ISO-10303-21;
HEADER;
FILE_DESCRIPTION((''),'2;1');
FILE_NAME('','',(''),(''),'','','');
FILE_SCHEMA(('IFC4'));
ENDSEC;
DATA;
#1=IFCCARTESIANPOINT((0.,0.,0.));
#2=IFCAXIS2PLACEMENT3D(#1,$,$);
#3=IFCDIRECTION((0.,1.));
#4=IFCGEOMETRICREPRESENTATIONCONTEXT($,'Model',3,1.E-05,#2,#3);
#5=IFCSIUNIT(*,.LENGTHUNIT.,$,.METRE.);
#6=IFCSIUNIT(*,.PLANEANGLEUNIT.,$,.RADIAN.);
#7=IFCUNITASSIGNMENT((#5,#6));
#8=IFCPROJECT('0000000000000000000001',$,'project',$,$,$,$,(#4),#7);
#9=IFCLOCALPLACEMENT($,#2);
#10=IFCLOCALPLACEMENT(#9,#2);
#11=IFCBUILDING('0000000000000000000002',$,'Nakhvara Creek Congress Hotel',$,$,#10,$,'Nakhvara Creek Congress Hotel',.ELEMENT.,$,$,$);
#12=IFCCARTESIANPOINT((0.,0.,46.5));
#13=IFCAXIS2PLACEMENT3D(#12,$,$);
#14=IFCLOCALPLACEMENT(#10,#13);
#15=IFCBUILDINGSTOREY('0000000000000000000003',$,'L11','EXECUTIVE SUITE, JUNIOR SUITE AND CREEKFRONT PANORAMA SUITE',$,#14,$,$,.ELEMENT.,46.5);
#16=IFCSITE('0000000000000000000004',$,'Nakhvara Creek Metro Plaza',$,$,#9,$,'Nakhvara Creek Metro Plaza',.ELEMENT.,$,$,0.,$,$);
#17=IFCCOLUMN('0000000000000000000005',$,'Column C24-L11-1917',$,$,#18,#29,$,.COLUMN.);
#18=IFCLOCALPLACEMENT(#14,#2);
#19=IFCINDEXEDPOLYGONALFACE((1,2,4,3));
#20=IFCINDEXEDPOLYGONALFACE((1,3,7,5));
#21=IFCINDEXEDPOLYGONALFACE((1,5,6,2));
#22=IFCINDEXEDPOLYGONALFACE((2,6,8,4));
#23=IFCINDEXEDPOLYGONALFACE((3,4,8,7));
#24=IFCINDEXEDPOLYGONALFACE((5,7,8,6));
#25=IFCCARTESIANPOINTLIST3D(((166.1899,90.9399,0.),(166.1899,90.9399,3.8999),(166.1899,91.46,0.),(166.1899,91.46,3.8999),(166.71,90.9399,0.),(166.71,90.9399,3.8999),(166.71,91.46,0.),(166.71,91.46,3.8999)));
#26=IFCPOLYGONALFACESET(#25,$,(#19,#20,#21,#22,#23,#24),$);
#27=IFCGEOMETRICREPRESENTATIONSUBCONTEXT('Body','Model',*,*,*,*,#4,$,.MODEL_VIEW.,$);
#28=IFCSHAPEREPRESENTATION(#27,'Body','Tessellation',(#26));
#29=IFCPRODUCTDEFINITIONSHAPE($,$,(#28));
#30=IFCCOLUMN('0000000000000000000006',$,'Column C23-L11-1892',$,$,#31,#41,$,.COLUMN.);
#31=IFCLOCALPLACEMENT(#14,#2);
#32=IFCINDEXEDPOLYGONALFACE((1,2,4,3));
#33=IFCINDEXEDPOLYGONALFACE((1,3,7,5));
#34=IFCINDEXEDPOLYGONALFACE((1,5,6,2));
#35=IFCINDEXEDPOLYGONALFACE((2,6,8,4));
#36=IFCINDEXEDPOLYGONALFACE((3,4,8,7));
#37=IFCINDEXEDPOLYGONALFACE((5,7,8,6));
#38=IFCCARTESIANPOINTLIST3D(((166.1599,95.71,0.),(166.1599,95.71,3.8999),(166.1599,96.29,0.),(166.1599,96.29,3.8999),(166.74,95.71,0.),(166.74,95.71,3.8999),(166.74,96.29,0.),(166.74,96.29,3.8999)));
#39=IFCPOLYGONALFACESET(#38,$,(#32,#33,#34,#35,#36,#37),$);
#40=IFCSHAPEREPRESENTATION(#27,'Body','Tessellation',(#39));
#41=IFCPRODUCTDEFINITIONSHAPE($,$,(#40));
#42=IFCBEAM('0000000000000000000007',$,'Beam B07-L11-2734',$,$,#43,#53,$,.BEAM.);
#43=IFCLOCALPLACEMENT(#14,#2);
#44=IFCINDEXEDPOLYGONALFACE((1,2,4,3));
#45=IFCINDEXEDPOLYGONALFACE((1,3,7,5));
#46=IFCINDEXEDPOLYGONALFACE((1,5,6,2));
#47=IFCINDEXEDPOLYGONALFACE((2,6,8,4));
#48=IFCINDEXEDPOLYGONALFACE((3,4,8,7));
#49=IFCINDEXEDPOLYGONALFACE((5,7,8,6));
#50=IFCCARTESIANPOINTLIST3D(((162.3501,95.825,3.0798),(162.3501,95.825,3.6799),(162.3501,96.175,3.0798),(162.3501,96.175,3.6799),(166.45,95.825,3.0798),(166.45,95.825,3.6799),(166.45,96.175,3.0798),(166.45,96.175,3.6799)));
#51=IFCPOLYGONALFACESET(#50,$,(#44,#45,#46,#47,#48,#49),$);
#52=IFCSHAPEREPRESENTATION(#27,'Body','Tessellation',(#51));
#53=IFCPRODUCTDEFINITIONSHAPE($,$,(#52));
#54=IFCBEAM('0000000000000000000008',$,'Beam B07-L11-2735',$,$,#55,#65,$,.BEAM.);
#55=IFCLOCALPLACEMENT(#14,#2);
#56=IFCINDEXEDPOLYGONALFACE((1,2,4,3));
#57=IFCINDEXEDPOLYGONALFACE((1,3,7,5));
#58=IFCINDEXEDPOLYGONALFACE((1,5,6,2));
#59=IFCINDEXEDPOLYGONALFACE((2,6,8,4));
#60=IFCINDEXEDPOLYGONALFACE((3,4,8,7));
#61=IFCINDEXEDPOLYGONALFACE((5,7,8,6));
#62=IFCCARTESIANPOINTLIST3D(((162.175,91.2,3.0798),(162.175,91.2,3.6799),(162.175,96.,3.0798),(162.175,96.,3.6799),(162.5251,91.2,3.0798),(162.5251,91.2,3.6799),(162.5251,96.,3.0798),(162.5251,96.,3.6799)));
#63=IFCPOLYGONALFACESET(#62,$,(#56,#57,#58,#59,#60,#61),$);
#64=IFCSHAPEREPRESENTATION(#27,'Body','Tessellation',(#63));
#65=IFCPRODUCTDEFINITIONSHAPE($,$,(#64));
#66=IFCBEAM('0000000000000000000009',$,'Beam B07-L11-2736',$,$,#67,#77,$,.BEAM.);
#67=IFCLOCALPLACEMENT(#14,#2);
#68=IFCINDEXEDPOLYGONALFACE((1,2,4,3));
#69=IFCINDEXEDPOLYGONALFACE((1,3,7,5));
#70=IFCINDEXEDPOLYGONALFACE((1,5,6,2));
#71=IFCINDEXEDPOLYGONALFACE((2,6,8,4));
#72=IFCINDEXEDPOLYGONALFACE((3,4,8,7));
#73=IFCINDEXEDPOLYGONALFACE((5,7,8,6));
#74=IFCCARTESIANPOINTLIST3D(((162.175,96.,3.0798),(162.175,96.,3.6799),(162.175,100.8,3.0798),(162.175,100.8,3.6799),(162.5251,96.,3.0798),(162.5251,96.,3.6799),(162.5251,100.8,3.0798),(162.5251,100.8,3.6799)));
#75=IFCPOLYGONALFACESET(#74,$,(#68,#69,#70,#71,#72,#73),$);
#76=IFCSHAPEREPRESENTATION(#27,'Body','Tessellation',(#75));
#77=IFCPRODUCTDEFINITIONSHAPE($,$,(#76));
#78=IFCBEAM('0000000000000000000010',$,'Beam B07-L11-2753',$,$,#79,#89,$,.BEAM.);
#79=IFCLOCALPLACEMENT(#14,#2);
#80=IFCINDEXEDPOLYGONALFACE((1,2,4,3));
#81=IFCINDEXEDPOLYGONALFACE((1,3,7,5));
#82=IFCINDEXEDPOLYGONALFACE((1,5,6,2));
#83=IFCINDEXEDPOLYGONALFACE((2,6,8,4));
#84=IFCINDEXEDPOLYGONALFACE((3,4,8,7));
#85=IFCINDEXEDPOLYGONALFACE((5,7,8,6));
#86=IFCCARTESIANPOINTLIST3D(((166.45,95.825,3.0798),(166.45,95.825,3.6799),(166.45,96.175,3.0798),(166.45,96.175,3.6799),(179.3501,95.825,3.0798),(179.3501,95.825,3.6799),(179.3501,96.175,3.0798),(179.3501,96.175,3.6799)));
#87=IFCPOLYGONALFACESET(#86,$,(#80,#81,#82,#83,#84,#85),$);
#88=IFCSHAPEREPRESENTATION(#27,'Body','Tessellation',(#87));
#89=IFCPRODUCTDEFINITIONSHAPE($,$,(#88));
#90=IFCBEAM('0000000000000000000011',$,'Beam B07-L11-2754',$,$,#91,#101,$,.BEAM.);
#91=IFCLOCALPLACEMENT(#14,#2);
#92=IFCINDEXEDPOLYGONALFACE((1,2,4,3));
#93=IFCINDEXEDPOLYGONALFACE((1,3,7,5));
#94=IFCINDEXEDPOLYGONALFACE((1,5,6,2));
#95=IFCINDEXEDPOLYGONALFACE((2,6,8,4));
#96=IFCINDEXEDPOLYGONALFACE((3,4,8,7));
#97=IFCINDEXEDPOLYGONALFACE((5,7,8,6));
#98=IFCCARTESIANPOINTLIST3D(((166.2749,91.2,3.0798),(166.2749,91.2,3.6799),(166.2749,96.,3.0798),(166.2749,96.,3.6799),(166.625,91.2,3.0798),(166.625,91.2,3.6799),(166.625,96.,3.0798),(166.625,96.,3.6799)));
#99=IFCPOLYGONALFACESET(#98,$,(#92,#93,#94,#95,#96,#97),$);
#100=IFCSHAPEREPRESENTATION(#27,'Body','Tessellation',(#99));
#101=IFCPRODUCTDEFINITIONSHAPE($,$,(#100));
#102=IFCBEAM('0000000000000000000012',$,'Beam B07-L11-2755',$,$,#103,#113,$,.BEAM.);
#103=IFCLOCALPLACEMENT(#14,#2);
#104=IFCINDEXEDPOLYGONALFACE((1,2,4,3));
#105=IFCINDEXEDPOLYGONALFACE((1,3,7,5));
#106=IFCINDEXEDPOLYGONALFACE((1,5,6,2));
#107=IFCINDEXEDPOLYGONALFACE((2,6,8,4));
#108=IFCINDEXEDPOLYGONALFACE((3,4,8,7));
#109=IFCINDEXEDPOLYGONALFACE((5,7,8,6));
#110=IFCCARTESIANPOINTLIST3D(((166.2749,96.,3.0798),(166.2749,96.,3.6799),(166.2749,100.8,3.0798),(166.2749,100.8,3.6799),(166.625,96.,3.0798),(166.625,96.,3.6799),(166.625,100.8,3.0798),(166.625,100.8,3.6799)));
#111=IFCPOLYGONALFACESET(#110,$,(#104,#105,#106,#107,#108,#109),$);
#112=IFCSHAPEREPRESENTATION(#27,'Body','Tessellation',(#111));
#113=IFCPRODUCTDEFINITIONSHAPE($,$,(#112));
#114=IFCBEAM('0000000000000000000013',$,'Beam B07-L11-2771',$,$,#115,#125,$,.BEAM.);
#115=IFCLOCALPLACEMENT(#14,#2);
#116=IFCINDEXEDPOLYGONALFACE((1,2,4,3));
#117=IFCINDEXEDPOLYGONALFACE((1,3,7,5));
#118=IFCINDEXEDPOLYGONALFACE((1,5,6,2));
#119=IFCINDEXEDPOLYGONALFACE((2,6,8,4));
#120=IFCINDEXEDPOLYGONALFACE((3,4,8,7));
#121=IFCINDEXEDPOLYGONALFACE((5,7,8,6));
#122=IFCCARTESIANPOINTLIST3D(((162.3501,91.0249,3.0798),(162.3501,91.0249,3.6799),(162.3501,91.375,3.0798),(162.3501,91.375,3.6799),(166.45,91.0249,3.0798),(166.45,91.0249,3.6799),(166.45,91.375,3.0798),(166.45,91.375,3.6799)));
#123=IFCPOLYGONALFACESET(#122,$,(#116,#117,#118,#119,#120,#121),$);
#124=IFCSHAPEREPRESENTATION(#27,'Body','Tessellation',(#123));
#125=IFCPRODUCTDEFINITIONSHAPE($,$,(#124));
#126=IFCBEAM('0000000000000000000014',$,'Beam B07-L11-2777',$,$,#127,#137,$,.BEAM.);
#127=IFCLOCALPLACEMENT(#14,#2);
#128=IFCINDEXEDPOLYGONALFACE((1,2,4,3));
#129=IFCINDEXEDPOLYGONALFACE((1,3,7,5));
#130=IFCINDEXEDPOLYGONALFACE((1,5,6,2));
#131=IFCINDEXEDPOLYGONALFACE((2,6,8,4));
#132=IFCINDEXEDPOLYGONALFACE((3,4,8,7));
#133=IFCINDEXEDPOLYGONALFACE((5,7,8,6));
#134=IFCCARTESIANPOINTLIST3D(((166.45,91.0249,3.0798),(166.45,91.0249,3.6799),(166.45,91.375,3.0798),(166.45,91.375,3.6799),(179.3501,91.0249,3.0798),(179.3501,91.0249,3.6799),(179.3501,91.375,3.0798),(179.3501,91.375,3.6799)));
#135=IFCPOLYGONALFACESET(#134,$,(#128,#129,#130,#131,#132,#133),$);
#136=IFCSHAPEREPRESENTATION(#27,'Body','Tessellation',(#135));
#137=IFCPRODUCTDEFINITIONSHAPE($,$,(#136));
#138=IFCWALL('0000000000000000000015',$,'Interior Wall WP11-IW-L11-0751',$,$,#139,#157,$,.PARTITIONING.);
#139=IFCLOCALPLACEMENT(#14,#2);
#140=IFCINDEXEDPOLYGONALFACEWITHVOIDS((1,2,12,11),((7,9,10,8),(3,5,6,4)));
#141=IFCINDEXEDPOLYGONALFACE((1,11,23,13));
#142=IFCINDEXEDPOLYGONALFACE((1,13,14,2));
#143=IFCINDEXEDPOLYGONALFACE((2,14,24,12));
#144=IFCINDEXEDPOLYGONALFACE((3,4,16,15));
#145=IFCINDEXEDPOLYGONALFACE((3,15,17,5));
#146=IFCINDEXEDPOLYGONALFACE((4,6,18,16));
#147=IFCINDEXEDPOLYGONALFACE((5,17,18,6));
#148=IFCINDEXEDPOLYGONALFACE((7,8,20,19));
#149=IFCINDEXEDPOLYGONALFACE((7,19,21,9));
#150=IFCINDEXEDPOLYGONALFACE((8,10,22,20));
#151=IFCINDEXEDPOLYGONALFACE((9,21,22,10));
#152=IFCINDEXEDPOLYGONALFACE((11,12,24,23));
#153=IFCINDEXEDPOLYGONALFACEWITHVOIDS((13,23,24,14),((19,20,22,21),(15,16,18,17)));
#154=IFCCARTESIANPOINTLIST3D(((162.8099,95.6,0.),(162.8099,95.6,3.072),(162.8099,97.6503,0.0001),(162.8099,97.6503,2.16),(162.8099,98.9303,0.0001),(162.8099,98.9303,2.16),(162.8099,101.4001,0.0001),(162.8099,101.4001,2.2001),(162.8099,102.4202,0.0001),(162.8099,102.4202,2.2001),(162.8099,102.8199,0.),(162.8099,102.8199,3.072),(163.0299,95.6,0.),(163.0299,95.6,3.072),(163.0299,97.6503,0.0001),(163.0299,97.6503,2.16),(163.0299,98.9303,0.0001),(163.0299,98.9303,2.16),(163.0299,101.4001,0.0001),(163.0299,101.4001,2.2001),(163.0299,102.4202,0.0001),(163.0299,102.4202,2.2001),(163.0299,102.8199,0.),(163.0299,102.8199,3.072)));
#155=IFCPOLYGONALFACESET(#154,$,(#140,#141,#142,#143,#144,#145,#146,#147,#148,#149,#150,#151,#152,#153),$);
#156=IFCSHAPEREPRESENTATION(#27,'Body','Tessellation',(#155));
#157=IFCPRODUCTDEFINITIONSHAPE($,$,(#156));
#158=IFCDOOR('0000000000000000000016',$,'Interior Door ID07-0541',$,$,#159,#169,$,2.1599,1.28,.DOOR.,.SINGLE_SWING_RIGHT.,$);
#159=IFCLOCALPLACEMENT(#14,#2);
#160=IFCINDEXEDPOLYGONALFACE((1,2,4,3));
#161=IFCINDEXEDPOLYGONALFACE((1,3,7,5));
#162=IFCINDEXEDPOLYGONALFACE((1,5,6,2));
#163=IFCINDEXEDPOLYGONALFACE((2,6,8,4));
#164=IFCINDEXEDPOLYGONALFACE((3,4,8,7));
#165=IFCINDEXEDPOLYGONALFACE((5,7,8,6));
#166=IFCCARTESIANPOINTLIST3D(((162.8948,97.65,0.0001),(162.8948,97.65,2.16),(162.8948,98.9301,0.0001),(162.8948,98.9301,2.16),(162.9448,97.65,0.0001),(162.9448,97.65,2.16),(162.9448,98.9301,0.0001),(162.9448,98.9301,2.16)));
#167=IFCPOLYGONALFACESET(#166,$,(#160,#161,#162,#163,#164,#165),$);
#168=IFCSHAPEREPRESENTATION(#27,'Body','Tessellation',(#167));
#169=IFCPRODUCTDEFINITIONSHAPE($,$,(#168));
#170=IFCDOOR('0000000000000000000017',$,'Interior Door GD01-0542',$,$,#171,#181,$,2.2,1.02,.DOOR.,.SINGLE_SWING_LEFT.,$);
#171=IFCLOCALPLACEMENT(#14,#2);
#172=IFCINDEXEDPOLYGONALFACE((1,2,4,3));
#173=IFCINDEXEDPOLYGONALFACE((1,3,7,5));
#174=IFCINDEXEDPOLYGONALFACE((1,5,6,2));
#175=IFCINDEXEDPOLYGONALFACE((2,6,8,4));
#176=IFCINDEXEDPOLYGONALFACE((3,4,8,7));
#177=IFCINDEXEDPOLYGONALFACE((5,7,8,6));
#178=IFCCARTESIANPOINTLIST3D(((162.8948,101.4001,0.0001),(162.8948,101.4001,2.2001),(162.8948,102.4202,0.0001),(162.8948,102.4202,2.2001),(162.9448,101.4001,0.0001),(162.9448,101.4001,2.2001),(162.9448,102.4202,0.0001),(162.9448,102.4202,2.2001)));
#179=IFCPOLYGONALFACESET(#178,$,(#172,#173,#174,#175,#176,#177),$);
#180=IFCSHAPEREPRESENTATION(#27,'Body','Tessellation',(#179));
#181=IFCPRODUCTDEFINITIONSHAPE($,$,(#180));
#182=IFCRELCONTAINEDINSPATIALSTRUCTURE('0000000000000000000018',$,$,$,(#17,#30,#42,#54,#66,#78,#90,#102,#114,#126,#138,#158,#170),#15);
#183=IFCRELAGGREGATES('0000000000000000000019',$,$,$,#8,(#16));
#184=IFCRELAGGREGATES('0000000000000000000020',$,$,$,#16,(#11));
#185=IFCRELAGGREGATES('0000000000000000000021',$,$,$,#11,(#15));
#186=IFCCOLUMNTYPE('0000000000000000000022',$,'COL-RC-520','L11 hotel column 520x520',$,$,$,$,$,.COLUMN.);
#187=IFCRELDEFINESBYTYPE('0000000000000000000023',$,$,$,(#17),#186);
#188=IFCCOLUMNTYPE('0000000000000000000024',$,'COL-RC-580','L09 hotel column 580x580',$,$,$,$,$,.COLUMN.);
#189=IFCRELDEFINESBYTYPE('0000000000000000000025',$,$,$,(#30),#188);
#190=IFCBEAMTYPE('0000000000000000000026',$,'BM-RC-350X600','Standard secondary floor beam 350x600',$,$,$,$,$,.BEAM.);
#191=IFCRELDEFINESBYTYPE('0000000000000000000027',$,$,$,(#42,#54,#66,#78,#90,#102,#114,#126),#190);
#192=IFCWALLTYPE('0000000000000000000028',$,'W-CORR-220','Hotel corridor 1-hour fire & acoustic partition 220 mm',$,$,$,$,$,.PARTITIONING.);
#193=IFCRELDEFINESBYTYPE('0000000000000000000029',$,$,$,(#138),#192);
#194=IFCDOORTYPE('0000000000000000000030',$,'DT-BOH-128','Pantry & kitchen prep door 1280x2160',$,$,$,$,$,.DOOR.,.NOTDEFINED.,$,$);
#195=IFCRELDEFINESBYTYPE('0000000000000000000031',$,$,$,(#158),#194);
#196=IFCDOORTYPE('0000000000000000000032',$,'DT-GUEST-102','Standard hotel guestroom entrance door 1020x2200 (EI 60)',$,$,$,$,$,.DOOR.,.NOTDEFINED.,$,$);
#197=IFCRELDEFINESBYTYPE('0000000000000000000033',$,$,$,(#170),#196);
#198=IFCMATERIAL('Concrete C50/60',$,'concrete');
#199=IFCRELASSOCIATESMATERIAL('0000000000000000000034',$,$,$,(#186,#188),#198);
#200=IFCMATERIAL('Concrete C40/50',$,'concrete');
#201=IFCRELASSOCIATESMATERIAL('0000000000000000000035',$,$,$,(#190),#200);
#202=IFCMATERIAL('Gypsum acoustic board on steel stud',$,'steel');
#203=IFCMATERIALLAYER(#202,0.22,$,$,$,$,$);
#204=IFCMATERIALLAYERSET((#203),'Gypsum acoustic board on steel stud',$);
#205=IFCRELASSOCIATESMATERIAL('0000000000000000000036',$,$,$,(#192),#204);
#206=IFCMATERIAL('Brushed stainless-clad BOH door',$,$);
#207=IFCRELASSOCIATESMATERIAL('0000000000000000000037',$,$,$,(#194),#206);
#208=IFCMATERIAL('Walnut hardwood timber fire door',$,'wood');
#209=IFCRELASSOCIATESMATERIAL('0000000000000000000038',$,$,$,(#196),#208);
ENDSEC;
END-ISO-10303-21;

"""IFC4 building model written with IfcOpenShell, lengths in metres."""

from ifc_helpers import new_model, si_unit, direction, frame, frame_2d, origin, origin_2d, place, context, subcontext, project, spatial, rectangle, extrude, material, layer, layer_set, material_profile, profile_set, type_object, element, fill, save


model = new_model("IFC4")

# Units and contexts
model_context = context("Model", 3, precision=1e-05, world=origin(), true_north=direction((0.0, 1.0)))
body_context = subcontext(model_context, "Body", "Model", "MODEL_VIEW")
ifc_project = project(units=[si_unit("LENGTHUNIT", "METRE"), si_unit("PLANEANGLEUNIT", "RADIAN")], contexts=[model_context])

# Site, building, storey
site_placement = place(None, origin())
site = spatial("IfcSite", under=ifc_project, at=site_placement, Name="Nakhvara Creek Metro Plaza", LongName="Nakhvara Creek Metro Plaza", CompositionType="ELEMENT", RefElevation=0.0)
building_placement = place(site_placement, origin())
building = spatial("IfcBuilding", under=site, at=building_placement, Name="Nakhvara Creek Congress Hotel", LongName="Nakhvara Creek Congress Hotel", CompositionType="ELEMENT")
storey_placement = place(building_placement, frame((0.0, 0.0, 46.5)))
storey = spatial("IfcBuildingStorey", under=building, at=storey_placement, Name="L11", Description="EXECUTIVE SUITE, JUNIOR SUITE AND CREEKFRONT PANORAMA SUITE", CompositionType="ELEMENT", Elevation=46.5)

# Columns
ifc_material_1 = material(Name="Concrete C50/60", Category="concrete")
ifc_material_profile_1 = material_profile(ifc_material_1, rectangle(XDim=0.52, YDim=0.52, at=origin_2d()), Name="RC-COL 520x520", Category="LoadBearing")
ifc_profile_set_1 = profile_set([ifc_material_profile_1], Name="Concrete C50/60")
column_type_1 = type_object("IfcColumnType", Name="COL-RC-520", Description="L11 hotel column 520x520", PredefinedType="COLUMN", material=ifc_profile_set_1)
column_1_placement = place(storey_placement, frame((166.45, 91.2, 0.0), z_axis=(0.0, 0.0, 1.0), x_axis=(1.0, 0.0, 0.0)))
element("IfcColumn", 1, at=column_1_placement, inside=storey, type_object=column_type_1, Name="Column C24-L11-1917", PredefinedType="COLUMN", context=body_context, shape_type="SweptSolid", body=[
    extrude(rectangle(XDim=0.52, YDim=0.52, at=origin_2d()), origin(), (0.0, 0.0, 1.0), 3.8999),
])
ifc_material_profile_2 = material_profile(ifc_material_1, rectangle(XDim=0.5801, YDim=0.5801, at=origin_2d()), Name="RC-COL 580x580", Category="LoadBearing")
ifc_profile_set_2 = profile_set([ifc_material_profile_2], Name="Concrete C50/60")
column_type_2 = type_object("IfcColumnType", Name="COL-RC-580", Description="L09 hotel column 580x580", PredefinedType="COLUMN", material=ifc_profile_set_2)
column_2_placement = place(storey_placement, frame((166.45, 96.0, 0.0), z_axis=(0.0, 0.0, 1.0), x_axis=(1.0, 0.0, 0.0)))
element("IfcColumn", 2, at=column_2_placement, inside=storey, type_object=column_type_2, Name="Column C23-L11-1892", PredefinedType="COLUMN", context=body_context, shape_type="SweptSolid", body=[
    extrude(rectangle(XDim=0.5801, YDim=0.5801, at=origin_2d()), origin(), (0.0, 0.0, 1.0), 3.8999),
])

# Beams
ifc_material_2 = material(Name="Concrete C40/50", Category="concrete")
ifc_material_profile_3 = material_profile(ifc_material_2, rectangle(XDim=0.3501, YDim=0.6001, at=origin_2d()), Name="RC-BM 350x600", Category="LoadBearing")
ifc_profile_set_3 = profile_set([ifc_material_profile_3], Name="Concrete C40/50")
beam_type = type_object("IfcBeamType", Name="BM-RC-350X600", Description="Standard secondary floor beam 350x600", PredefinedType="BEAM", material=ifc_profile_set_3)
beam_1_placement = place(storey_placement, frame((162.3501, 96.0, 3.3799), z_axis=(1.0, 0.0, 0.0), x_axis=(0.0, 1.0, 0.0)))
element("IfcBeam", 3, at=beam_1_placement, inside=storey, type_object=beam_type, Name="Beam B07-L11-2734", PredefinedType="BEAM", context=body_context, shape_type="SweptSolid", body=[
    extrude(rectangle(XDim=0.3501, YDim=0.6001, at=origin_2d()), origin(), (0.0, 0.0, 1.0), 4.0999),
])
for number, where, z_axis, x_axis, name in (
    (4, (162.3501, 91.2, 3.3799), (0.0, 1.0, 0.0), (-1.0, 0.0, 0.0), "Beam B07-L11-2735"),
    (5, (162.3501, 96.0, 3.3799), (0.0, 1.0, 0.0), (-1.0, 0.0, 0.0), "Beam B07-L11-2736"),
):
    element("IfcBeam", number, at=place(storey_placement, frame(where, z_axis=z_axis, x_axis=x_axis)), inside=storey, type_object=beam_type, Name=name, PredefinedType="BEAM", context=body_context, shape_type="SweptSolid", body=[
        extrude(rectangle(XDim=0.3501, YDim=0.6001, at=origin_2d()), origin(), (0.0, 0.0, 1.0), 4.8),
    ])
beam_2_placement = place(storey_placement, frame((166.45, 96.0, 3.3799), z_axis=(1.0, 0.0, 0.0), x_axis=(0.0, 1.0, 0.0)))
element("IfcBeam", 6, at=beam_2_placement, inside=storey, type_object=beam_type, Name="Beam B07-L11-2753", PredefinedType="BEAM", context=body_context, shape_type="SweptSolid", body=[
    extrude(rectangle(XDim=0.3501, YDim=0.6001, at=origin_2d()), origin(), (0.0, 0.0, 1.0), 12.9001),
])
for number, where, z_axis, x_axis, name in (
    (7, (166.45, 91.2, 3.3799), (0.0, 1.0, 0.0), (-1.0, 0.0, 0.0), "Beam B07-L11-2754"),
    (8, (166.45, 96.0, 3.3799), (0.0, 1.0, 0.0), (-1.0, 0.0, 0.0), "Beam B07-L11-2755"),
):
    element("IfcBeam", number, at=place(storey_placement, frame(where, z_axis=z_axis, x_axis=x_axis)), inside=storey, type_object=beam_type, Name=name, PredefinedType="BEAM", context=body_context, shape_type="SweptSolid", body=[
        extrude(rectangle(XDim=0.3501, YDim=0.6001, at=origin_2d()), origin(), (0.0, 0.0, 1.0), 4.8),
    ])
beam_3_placement = place(storey_placement, frame((162.3501, 91.2, 3.3799), z_axis=(1.0, 0.0, 0.0), x_axis=(0.0, 1.0, 0.0)))
element("IfcBeam", 9, at=beam_3_placement, inside=storey, type_object=beam_type, Name="Beam B07-L11-2771", PredefinedType="BEAM", context=body_context, shape_type="SweptSolid", body=[
    extrude(rectangle(XDim=0.3501, YDim=0.6001, at=origin_2d()), origin(), (0.0, 0.0, 1.0), 4.0999),
])
beam_4_placement = place(storey_placement, frame((166.45, 91.2, 3.3799), z_axis=(1.0, 0.0, 0.0), x_axis=(0.0, 1.0, 0.0)))
element("IfcBeam", 10, at=beam_4_placement, inside=storey, type_object=beam_type, Name="Beam B07-L11-2777", PredefinedType="BEAM", context=body_context, shape_type="SweptSolid", body=[
    extrude(rectangle(XDim=0.3501, YDim=0.6001, at=origin_2d()), origin(), (0.0, 0.0, 1.0), 12.9001),
])

# Wall, openings, doors
ifc_material_3 = material(Name="Gypsum acoustic board on steel stud", Category="steel")
ifc_layer_1 = layer(ifc_material_3, 0.22)
ifc_layer_set_1 = layer_set([ifc_layer_1], Name="Gypsum acoustic board on steel stud")
wall_type_1 = type_object("IfcWallType", Name="W-CORR-220", Description="Hotel corridor 1-hour fire & acoustic partition 220 mm", PredefinedType="PARTITIONING", material=ifc_layer_set_1)
wall_1_placement = place(storey_placement, frame((162.9199, 95.6001, 0.0), z_axis=(0.0, 0.0, 1.0), x_axis=(0.0, 1.0, 0.0)))
wall_1 = element("IfcWall", 11, at=wall_1_placement, inside=storey, type_object=wall_type_1, Name="Interior Wall WP11-IW-L11-0751", PredefinedType="PARTITIONING", context=body_context, shape_type="SweptSolid", body=[
    extrude(rectangle(XDim=7.22, YDim=0.22, at=frame_2d((3.6099, 0.0))), origin(), (0.0, 0.0, 1.0), 3.072),
])
opening_1_placement = place(wall_1_placement, frame((2.05, 0.0, 0.0)))
opening_1 = element("IfcOpeningElement", 12, at=opening_1_placement, cuts=wall_1, PredefinedType="OPENING", context=body_context, shape_type="SweptSolid", body=[
    extrude(rectangle(XDim=1.28, YDim=2.1599, at=frame_2d((0.6401, 1.0801))), frame((0.0, 0.1221, 0.0), z_axis=(0.0, -1.0, 0.0), x_axis=(1.0, 0.0, 0.0)), (0.0, 0.0, 1.0), 0.2439),
])
opening_2_placement = place(wall_1_placement, frame((5.8, 0.0, 0.0)))
opening_2 = element("IfcOpeningElement", 13, at=opening_2_placement, cuts=wall_1, PredefinedType="OPENING", context=body_context, shape_type="SweptSolid", body=[
    extrude(rectangle(XDim=1.02, YDim=2.2, at=frame_2d((0.51, 1.1001))), frame((0.0, 0.1221, 0.0), z_axis=(0.0, -1.0, 0.0), x_axis=(1.0, 0.0, 0.0)), (0.0, 0.0, 1.0), 0.2439),
])
ifc_material_4 = material(Name="Brushed stainless-clad BOH door")
door_type_1 = type_object("IfcDoorType", Name="DT-BOH-128", Description="Pantry & kitchen prep door 1280x2160", OperationType="NOTDEFINED", PredefinedType="DOOR", material=ifc_material_4)
door_1_placement = place(opening_1_placement, frame((1.28, 0.0, 0.0), z_axis=(0.0, 0.0, 1.0), x_axis=(-1.0, 0.0, 0.0)))
door_1 = element("IfcDoor", 14, at=door_1_placement, inside=storey, type_object=door_type_1, Name="Interior Door ID07-0541", OperationType="SINGLE_SWING_RIGHT", OverallHeight=2.1599, OverallWidth=1.28, PredefinedType="DOOR", context=body_context, shape_type="SweptSolid", body=[
    extrude(rectangle(XDim=1.28, YDim=2.1599, at=frame_2d((0.6401, 1.0801))), frame((0.0, 0.0249, 0.0), z_axis=(0.0, -1.0, 0.0), x_axis=(1.0, 0.0, 0.0)), (0.0, 0.0, 1.0), 0.05),
])
fill(opening_1, door_1)
ifc_material_5 = material(Name="Walnut hardwood timber fire door", Category="wood")
door_type_2 = type_object("IfcDoorType", Name="DT-GUEST-102", Description="Standard hotel guestroom entrance door 1020x2200 (EI 60)", OperationType="NOTDEFINED", PredefinedType="DOOR", material=ifc_material_5)
door_2_placement = place(opening_2_placement, frame((1.02, 0.0, 0.0), z_axis=(0.0, 0.0, 1.0), x_axis=(-1.0, 0.0, 0.0)))
door_2 = element("IfcDoor", 15, at=door_2_placement, inside=storey, type_object=door_type_2, Name="Interior Door GD01-0542", OperationType="SINGLE_SWING_LEFT", OverallHeight=2.2, OverallWidth=1.02, PredefinedType="DOOR", context=body_context, shape_type="SweptSolid", body=[
    extrude(rectangle(XDim=1.02, YDim=2.2, at=frame_2d((0.51, 1.1001))), frame((0.0, 0.0249, 0.0), z_axis=(0.0, -1.0, 0.0), x_axis=(1.0, 0.0, 0.0)), (0.0, 0.0, 1.0), 0.05),
])
fill(opening_2, door_2)

save(model, "model.ifc")
